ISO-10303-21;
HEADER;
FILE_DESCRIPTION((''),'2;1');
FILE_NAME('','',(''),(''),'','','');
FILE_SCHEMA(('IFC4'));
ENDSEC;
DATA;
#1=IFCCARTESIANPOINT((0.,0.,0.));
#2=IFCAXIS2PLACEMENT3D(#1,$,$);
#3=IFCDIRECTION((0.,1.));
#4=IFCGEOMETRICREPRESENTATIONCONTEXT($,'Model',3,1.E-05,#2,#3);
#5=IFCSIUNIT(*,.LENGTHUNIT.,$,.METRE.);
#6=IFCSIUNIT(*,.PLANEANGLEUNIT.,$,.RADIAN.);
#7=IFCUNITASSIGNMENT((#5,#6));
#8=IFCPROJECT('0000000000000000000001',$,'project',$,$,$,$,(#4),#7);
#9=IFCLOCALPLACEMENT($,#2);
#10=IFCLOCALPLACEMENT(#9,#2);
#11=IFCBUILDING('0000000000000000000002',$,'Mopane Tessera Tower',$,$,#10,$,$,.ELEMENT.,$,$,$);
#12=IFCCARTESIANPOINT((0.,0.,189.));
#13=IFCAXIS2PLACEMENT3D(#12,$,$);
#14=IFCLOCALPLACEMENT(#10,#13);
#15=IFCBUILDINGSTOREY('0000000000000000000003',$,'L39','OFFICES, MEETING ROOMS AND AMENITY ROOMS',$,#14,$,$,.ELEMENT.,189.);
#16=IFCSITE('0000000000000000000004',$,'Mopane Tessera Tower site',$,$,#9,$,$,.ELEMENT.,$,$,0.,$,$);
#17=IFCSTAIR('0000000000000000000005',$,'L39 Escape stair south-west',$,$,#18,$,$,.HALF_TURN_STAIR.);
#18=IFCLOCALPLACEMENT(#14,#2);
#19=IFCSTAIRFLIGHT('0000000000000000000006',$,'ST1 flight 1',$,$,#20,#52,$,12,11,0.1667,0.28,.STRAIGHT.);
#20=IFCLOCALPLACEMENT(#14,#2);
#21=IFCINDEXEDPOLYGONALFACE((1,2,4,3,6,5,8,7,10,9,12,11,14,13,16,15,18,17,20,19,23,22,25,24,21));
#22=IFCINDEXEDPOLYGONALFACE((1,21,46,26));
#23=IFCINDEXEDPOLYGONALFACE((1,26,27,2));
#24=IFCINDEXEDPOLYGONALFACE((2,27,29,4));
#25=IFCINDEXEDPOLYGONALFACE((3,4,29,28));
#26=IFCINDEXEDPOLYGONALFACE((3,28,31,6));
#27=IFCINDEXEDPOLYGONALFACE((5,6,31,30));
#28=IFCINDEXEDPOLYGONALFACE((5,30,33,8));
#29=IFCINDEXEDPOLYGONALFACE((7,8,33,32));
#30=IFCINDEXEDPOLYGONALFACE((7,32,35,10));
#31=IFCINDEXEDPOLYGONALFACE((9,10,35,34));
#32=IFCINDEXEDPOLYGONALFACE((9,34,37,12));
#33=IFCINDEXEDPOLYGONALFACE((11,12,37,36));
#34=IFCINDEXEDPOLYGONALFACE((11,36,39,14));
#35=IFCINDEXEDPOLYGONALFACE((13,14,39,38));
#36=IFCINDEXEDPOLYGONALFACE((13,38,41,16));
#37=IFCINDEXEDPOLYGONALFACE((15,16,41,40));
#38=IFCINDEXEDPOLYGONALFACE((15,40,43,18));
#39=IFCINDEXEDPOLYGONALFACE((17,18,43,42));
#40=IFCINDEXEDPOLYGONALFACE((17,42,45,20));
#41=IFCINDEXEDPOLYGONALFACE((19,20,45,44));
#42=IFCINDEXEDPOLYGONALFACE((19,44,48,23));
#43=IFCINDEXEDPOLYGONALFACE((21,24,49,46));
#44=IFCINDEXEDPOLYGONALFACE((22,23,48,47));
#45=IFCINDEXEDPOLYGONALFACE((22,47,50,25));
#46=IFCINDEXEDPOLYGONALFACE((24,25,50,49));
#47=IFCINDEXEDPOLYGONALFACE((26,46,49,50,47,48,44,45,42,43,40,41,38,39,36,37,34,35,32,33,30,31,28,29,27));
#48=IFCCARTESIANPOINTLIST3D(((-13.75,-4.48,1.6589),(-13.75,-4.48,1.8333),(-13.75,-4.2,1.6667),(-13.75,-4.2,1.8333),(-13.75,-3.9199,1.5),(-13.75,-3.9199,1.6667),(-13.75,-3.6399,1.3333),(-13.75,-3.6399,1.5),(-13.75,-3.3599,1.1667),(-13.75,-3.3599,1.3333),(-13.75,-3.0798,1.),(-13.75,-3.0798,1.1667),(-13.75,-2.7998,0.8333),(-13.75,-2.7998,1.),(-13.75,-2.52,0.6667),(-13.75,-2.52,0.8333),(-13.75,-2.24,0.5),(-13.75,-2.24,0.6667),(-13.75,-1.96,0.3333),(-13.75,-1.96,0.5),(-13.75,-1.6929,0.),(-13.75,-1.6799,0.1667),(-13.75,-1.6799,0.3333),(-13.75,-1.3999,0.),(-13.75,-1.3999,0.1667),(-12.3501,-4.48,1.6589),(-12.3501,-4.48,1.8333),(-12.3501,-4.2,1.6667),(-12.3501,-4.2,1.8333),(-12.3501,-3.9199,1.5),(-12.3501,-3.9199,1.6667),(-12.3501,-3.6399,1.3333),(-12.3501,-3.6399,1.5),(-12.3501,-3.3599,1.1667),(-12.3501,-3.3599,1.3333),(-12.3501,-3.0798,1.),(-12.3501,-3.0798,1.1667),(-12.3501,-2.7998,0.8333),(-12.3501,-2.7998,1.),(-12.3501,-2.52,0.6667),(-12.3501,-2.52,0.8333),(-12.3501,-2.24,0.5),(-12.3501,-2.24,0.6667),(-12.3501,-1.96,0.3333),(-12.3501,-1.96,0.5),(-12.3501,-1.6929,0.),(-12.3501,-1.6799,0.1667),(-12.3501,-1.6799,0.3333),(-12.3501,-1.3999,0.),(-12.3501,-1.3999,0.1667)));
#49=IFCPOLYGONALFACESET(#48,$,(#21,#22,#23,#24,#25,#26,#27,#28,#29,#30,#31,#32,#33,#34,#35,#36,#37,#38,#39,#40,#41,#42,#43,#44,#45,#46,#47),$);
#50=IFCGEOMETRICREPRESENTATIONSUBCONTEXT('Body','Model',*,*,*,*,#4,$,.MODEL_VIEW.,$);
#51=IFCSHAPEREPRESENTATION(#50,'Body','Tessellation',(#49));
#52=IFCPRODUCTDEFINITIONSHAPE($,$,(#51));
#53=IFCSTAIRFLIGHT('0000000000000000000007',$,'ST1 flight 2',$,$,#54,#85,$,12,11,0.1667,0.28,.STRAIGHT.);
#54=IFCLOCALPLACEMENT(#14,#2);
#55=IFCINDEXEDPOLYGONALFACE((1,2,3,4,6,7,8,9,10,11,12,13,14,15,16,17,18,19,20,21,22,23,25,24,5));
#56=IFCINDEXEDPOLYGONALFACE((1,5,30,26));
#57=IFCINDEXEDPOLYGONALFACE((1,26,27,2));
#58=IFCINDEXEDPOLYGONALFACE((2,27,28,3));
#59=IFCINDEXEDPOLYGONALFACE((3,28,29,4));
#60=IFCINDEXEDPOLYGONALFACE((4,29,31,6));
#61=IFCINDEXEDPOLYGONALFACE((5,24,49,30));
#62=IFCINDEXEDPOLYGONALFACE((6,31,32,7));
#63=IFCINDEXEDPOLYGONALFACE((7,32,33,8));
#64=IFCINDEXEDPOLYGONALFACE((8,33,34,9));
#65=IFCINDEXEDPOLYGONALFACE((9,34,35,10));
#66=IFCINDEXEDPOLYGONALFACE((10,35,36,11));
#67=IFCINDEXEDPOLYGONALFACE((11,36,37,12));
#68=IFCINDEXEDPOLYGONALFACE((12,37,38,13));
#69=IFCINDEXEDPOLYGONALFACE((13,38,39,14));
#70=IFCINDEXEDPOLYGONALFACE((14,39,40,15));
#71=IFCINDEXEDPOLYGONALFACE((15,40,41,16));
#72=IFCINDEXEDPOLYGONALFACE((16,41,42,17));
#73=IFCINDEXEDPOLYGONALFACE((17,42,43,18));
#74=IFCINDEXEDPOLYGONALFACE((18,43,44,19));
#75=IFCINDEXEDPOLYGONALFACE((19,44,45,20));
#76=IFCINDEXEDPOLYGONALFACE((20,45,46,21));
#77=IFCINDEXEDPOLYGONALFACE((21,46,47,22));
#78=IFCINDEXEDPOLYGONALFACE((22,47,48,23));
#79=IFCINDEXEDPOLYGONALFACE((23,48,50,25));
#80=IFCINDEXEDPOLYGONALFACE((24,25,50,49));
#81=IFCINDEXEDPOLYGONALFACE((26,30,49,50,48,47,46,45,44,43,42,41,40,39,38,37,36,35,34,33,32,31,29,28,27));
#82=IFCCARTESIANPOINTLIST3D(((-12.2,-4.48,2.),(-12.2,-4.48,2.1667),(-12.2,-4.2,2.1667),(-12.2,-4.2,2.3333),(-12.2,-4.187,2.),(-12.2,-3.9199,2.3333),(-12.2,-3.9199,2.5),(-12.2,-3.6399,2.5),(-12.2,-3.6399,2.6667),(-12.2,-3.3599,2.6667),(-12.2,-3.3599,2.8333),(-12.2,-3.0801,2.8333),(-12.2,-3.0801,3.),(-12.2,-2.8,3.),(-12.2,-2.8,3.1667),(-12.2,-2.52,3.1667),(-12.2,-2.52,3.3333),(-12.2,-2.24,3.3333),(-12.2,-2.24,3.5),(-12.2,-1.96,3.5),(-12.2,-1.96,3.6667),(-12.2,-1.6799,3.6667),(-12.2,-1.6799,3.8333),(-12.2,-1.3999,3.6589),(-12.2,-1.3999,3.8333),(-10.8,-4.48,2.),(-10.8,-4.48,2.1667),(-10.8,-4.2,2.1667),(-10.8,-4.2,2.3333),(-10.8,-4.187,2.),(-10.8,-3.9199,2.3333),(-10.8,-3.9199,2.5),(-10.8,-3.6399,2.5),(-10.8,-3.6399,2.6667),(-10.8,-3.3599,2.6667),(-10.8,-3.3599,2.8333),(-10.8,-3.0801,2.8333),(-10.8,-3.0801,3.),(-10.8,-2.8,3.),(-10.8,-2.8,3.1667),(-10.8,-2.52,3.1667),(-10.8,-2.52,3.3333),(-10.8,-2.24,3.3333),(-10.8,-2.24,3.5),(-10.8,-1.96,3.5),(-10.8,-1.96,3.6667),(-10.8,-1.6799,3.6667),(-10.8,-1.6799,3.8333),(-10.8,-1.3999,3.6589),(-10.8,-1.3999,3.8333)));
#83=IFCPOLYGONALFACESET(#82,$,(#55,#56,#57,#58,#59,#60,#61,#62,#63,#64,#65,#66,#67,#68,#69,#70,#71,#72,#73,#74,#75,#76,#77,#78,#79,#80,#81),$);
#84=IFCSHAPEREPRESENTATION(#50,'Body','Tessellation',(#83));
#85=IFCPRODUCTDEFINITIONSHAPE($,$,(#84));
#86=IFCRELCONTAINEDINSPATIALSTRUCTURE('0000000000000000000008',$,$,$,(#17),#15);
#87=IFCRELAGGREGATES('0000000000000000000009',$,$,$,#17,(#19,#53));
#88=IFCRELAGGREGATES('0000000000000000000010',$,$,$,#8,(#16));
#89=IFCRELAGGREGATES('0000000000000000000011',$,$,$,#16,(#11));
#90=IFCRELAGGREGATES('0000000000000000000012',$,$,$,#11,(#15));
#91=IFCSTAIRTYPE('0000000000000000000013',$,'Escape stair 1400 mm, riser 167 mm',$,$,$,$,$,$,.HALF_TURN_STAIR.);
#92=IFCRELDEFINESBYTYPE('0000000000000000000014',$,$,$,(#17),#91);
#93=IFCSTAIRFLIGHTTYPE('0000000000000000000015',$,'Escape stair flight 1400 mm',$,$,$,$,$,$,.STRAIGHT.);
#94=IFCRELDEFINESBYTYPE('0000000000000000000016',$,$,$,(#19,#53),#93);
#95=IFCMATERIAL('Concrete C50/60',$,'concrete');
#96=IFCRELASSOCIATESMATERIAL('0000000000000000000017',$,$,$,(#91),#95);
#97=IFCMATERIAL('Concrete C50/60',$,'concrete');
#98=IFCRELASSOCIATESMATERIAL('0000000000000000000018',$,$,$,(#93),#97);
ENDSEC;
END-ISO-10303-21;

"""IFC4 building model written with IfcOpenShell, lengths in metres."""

from ifc_helpers import new_model, si_unit, direction, frame, origin, place, context, subcontext, project, spatial, polyline, outline, extrude, material, type_object, element, aggregate, save


model = new_model("IFC4")

# Units and contexts
model_context = context("Model", 3, precision=1e-05, world=origin(), true_north=direction((0.0, 1.0)))
body_context = subcontext(model_context, "Body", "Model", "MODEL_VIEW")
ifc_project = project(units=[si_unit("LENGTHUNIT", "METRE"), si_unit("PLANEANGLEUNIT", "RADIAN")], contexts=[model_context])

# Site, building, storey
site_placement = place(None, origin())
site = spatial("IfcSite", under=ifc_project, at=site_placement, Name="Mopane Tessera Tower site", CompositionType="ELEMENT", RefElevation=0.0)
building_placement = place(site_placement, origin())
building = spatial("IfcBuilding", under=site, at=building_placement, Name="Mopane Tessera Tower", CompositionType="ELEMENT")
storey_placement = place(building_placement, frame((0.0, 0.0, 189.0)))
storey = spatial("IfcBuildingStorey", under=building, at=storey_placement, Name="L39", Description="OFFICES, MEETING ROOMS AND AMENITY ROOMS", CompositionType="ELEMENT", Elevation=189.0)

# Stair, stair flights
ifc_material_1 = material(Name="Concrete C50/60", Category="concrete")
stair_type = type_object("IfcStairType", Name="Escape stair 1400 mm, riser 167 mm", PredefinedType="HALF_TURN_STAIR", material=ifc_material_1)
stair_placement = place(storey_placement, origin())
stair = element("IfcStair", 1, at=stair_placement, inside=storey, type_object=stair_type, Name="L39 Escape stair south-west", PredefinedType="HALF_TURN_STAIR")
ifc_material_2 = material(Name="Concrete C50/60", Category="concrete")
stair_flight_type = type_object("IfcStairFlightType", Name="Escape stair flight 1400 mm", PredefinedType="STRAIGHT", material=ifc_material_2)
stair_flight_1_placement = place(storey_placement, frame((-13.05, -1.3999, 0.0), z_axis=(0.0, 0.0, 1.0), x_axis=(0.0, -1.0, 0.0)))
stair_flight_1 = element("IfcStairFlight", 2, at=stair_flight_1_placement, type_object=stair_flight_type, Name="ST1 flight 1", NumberOfRisers=12, NumberOfTreads=11, PredefinedType="STRAIGHT", RiserHeight=0.1667, TreadLength=0.28, context=body_context, shape_type="SweptSolid", body=[
    extrude(outline(polyline([(0.0, 0.0), (0.0, 0.1667), (0.28, 0.1667), (0.28, 0.3333), (0.5601, 0.3333), (0.5601, 0.5), (0.8401, 0.5), (0.8401, 0.6667), (1.1201, 0.6667), (1.1201, 0.8333), (1.3999, 0.8333), (1.3999, 1.0), (1.6799, 1.0), (1.6799, 1.1667), (1.96, 1.1667), (1.96, 1.3333), (2.24, 1.3333), (2.24, 1.5), (2.52, 1.5), (2.52, 1.6667), (2.8, 1.6667), (2.8, 1.8333), (3.0801, 1.8333), (3.0801, 2.0), (3.0801, 1.6589), (0.293, 0.0), (0.0, 0.0)])), frame((0.0, 0.7, 0.0), z_axis=(0.0, -1.0, 0.0), x_axis=(1.0, 0.0, 0.0)), (0.0, 0.0, 1.0), 1.3999),
])
stair_flight_2_placement = place(storey_placement, frame((-11.5, -4.48, 2.0), z_axis=(0.0, 0.0, 1.0), x_axis=(0.0, 1.0, 0.0)))
stair_flight_2 = element("IfcStairFlight", 3, at=stair_flight_2_placement, type_object=stair_flight_type, Name="ST1 flight 2", NumberOfRisers=12, NumberOfTreads=11, PredefinedType="STRAIGHT", RiserHeight=0.1667, TreadLength=0.28, context=body_context, shape_type="SweptSolid", body=[
    extrude(outline(polyline([(0.0, 0.0), (0.0, 0.1667), (0.28, 0.1667), (0.28, 0.3333), (0.5601, 0.3333), (0.5601, 0.5), (0.8401, 0.5), (0.8401, 0.6667), (1.1201, 0.6667), (1.1201, 0.8333), (1.3999, 0.8333), (1.3999, 1.0), (1.6799, 1.0), (1.6799, 1.1667), (1.96, 1.1667), (1.96, 1.3333), (2.24, 1.3333), (2.24, 1.5), (2.52, 1.5), (2.52, 1.6667), (2.8, 1.6667), (2.8, 1.8333), (3.0801, 1.8333), (3.0801, 2.0), (3.0801, 1.6589), (0.293, 0.0), (0.0, 0.0)])), frame((0.0, 0.7, 0.0), z_axis=(0.0, -1.0, 0.0), x_axis=(1.0, 0.0, 0.0)), (0.0, 0.0, 1.0), 1.3999),
])
aggregate(stair, [stair_flight_1, stair_flight_2])

save(model, "model.ifc")
